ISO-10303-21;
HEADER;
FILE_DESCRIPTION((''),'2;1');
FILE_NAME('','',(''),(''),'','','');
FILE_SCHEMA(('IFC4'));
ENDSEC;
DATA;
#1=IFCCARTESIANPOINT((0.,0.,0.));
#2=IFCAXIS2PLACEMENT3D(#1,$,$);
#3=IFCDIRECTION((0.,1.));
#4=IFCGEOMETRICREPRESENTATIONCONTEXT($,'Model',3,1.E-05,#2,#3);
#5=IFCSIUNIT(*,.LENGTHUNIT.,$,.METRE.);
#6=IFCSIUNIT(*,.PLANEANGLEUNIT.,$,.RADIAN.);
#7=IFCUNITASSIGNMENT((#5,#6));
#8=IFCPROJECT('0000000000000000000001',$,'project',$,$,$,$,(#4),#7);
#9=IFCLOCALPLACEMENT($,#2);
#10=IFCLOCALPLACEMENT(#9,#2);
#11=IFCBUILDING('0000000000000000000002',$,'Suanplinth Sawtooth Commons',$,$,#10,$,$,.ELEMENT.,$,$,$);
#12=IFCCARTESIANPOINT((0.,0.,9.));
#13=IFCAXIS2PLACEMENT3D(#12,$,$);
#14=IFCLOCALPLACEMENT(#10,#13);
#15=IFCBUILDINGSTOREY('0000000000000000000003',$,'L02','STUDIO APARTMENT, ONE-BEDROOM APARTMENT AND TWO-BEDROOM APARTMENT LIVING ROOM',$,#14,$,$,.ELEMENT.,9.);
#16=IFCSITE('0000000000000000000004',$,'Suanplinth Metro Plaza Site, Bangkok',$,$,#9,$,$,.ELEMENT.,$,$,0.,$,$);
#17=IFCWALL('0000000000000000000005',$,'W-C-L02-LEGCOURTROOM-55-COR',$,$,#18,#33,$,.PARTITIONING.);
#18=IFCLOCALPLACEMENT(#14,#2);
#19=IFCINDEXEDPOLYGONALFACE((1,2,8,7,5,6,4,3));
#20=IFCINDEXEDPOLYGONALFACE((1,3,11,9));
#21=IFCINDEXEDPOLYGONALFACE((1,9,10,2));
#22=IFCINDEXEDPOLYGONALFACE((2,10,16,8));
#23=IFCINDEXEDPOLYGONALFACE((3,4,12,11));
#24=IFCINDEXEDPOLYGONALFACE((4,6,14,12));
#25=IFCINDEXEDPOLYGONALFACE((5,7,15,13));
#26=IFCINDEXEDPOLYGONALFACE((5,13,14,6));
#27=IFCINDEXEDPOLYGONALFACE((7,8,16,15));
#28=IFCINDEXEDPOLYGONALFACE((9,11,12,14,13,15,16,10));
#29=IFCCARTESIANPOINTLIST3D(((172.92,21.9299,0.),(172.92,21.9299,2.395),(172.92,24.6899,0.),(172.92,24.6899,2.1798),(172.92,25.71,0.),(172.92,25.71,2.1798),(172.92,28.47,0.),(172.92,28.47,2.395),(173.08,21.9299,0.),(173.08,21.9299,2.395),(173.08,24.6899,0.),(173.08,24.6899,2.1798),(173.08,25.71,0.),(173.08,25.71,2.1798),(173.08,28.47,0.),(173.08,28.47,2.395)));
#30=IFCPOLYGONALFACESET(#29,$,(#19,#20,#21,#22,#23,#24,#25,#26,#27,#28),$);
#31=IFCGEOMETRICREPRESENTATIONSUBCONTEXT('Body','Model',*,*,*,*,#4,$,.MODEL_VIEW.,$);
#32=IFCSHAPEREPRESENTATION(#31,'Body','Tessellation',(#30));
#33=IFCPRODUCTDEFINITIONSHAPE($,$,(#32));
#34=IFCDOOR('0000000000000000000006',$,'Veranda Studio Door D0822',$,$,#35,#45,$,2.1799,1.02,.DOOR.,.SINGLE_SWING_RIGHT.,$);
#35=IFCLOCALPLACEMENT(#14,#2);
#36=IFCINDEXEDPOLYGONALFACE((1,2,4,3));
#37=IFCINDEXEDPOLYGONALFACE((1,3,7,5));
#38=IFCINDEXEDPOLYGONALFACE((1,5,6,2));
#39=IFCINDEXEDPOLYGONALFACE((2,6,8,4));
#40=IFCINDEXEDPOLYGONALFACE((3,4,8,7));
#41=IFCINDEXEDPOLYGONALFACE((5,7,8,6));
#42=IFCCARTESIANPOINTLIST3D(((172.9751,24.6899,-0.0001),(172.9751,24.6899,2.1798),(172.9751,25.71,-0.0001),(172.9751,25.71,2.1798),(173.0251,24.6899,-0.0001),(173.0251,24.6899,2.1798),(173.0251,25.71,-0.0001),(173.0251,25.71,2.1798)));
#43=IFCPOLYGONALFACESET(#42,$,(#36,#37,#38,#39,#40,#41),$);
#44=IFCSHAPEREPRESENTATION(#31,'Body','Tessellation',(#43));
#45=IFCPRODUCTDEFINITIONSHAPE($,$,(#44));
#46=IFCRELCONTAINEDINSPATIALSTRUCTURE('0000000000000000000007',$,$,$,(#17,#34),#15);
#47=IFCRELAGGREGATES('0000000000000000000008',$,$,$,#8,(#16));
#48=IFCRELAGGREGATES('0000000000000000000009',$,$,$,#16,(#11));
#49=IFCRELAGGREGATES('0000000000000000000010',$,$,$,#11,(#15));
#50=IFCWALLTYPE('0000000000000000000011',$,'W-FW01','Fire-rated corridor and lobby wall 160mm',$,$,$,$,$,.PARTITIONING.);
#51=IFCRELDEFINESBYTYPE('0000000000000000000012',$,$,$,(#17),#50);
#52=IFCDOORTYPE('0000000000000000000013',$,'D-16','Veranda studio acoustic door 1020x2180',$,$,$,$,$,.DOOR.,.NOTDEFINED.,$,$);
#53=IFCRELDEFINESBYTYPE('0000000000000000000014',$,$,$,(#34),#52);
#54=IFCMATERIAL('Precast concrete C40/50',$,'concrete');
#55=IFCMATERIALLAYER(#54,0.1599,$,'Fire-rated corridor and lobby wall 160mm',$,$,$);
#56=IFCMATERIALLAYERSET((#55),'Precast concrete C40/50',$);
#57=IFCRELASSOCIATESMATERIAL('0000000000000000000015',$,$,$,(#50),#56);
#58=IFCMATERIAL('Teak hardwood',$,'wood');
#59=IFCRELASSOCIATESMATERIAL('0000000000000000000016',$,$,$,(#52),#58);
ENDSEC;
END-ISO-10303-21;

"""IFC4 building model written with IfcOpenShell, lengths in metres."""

from ifc_helpers import new_model, si_unit, direction, frame, frame_2d, origin, place, context, subcontext, project, spatial, rectangle, extrude, material, layer, layer_set, type_object, element, fill, save


model = new_model("IFC4")

# Units and contexts
model_context = context("Model", 3, precision=1e-05, world=origin(), true_north=direction((0.0, 1.0)))
body_context = subcontext(model_context, "Body", "Model", "MODEL_VIEW")
ifc_project = project(units=[si_unit("LENGTHUNIT", "METRE"), si_unit("PLANEANGLEUNIT", "RADIAN")], contexts=[model_context])

# Site, building, storey
site_placement = place(None, origin())
site = spatial("IfcSite", under=ifc_project, at=site_placement, Name="Suanplinth Metro Plaza Site, Bangkok", CompositionType="ELEMENT", RefElevation=0.0)
building_placement = place(site_placement, origin())
building = spatial("IfcBuilding", under=site, at=building_placement, Name="Suanplinth Sawtooth Commons", CompositionType="ELEMENT")
storey_placement = place(building_placement, frame((0.0, 0.0, 9.0)))
storey = spatial("IfcBuildingStorey", under=building, at=storey_placement, Name="L02", Description="STUDIO APARTMENT, ONE-BEDROOM APARTMENT AND TWO-BEDROOM APARTMENT LIVING ROOM", CompositionType="ELEMENT", Elevation=9.0)

# Shared definitions
ifc_material_1 = material(Name="Precast concrete C40/50", Category="concrete")

# Wall, opening, door
ifc_layer_1 = layer(ifc_material_1, 0.1599, Name="Fire-rated corridor and lobby wall 160mm")
ifc_layer_set_1 = layer_set([ifc_layer_1], Name="Precast concrete C40/50")
wall_type_1 = type_object("IfcWallType", Name="W-FW01", Description="Fire-rated corridor and lobby wall 160mm", PredefinedType="PARTITIONING", material=ifc_layer_set_1)
wall_1_placement = place(storey_placement, frame((173.0, 21.9299, 0.0), z_axis=(0.0, 0.0, 1.0), x_axis=(0.0, 1.0, 0.0)))
wall_1 = element("IfcWall", 1, at=wall_1_placement, inside=storey, type_object=wall_type_1, Name="W-C-L02-LEGCOURTROOM-55-COR", PredefinedType="PARTITIONING", context=body_context, shape_type="SweptSolid", body=[
    extrude(rectangle(XDim=6.54, YDim=0.1599, at=frame_2d((3.27, 0.0))), origin(), (0.0, 0.0, 1.0), 2.395),
])
opening_1_placement = place(wall_1_placement, frame((2.76, 0.0, 0.0)))
opening_1 = element("IfcOpeningElement", 2, at=opening_1_placement, cuts=wall_1, PredefinedType="OPENING", context=body_context, shape_type="SweptSolid", body=[
    extrude(rectangle(XDim=1.02, YDim=2.1799, at=frame_2d((0.51, 1.0898))), frame((0.0, 0.0947, 0.0), z_axis=(0.0, -1.0, 0.0), x_axis=(1.0, 0.0, 0.0)), (0.0, 0.0, 1.0), 0.1897),
])
ifc_material_2 = material(Name="Teak hardwood", Category="wood")
door_type_1 = type_object("IfcDoorType", Name="D-16", Description="Veranda studio acoustic door 1020x2180", OperationType="NOTDEFINED", PredefinedType="DOOR", material=ifc_material_2)
door_1_placement = place(opening_1_placement, origin())
door_1 = element("IfcDoor", 3, at=door_1_placement, inside=storey, type_object=door_type_1, Name="Veranda Studio Door D0822", OperationType="SINGLE_SWING_RIGHT", OverallHeight=2.1799, OverallWidth=1.02, PredefinedType="DOOR", context=body_context, shape_type="SweptSolid", body=[
    extrude(rectangle(XDim=1.02, YDim=2.1799, at=frame_2d((0.51, 1.0898))), frame((0.0, 0.0249, 0.0), z_axis=(0.0, -1.0, 0.0), x_axis=(1.0, 0.0, 0.0)), (0.0, 0.0, 1.0), 0.05),
])
fill(opening_1, door_1)

save(model, "model.ifc")
